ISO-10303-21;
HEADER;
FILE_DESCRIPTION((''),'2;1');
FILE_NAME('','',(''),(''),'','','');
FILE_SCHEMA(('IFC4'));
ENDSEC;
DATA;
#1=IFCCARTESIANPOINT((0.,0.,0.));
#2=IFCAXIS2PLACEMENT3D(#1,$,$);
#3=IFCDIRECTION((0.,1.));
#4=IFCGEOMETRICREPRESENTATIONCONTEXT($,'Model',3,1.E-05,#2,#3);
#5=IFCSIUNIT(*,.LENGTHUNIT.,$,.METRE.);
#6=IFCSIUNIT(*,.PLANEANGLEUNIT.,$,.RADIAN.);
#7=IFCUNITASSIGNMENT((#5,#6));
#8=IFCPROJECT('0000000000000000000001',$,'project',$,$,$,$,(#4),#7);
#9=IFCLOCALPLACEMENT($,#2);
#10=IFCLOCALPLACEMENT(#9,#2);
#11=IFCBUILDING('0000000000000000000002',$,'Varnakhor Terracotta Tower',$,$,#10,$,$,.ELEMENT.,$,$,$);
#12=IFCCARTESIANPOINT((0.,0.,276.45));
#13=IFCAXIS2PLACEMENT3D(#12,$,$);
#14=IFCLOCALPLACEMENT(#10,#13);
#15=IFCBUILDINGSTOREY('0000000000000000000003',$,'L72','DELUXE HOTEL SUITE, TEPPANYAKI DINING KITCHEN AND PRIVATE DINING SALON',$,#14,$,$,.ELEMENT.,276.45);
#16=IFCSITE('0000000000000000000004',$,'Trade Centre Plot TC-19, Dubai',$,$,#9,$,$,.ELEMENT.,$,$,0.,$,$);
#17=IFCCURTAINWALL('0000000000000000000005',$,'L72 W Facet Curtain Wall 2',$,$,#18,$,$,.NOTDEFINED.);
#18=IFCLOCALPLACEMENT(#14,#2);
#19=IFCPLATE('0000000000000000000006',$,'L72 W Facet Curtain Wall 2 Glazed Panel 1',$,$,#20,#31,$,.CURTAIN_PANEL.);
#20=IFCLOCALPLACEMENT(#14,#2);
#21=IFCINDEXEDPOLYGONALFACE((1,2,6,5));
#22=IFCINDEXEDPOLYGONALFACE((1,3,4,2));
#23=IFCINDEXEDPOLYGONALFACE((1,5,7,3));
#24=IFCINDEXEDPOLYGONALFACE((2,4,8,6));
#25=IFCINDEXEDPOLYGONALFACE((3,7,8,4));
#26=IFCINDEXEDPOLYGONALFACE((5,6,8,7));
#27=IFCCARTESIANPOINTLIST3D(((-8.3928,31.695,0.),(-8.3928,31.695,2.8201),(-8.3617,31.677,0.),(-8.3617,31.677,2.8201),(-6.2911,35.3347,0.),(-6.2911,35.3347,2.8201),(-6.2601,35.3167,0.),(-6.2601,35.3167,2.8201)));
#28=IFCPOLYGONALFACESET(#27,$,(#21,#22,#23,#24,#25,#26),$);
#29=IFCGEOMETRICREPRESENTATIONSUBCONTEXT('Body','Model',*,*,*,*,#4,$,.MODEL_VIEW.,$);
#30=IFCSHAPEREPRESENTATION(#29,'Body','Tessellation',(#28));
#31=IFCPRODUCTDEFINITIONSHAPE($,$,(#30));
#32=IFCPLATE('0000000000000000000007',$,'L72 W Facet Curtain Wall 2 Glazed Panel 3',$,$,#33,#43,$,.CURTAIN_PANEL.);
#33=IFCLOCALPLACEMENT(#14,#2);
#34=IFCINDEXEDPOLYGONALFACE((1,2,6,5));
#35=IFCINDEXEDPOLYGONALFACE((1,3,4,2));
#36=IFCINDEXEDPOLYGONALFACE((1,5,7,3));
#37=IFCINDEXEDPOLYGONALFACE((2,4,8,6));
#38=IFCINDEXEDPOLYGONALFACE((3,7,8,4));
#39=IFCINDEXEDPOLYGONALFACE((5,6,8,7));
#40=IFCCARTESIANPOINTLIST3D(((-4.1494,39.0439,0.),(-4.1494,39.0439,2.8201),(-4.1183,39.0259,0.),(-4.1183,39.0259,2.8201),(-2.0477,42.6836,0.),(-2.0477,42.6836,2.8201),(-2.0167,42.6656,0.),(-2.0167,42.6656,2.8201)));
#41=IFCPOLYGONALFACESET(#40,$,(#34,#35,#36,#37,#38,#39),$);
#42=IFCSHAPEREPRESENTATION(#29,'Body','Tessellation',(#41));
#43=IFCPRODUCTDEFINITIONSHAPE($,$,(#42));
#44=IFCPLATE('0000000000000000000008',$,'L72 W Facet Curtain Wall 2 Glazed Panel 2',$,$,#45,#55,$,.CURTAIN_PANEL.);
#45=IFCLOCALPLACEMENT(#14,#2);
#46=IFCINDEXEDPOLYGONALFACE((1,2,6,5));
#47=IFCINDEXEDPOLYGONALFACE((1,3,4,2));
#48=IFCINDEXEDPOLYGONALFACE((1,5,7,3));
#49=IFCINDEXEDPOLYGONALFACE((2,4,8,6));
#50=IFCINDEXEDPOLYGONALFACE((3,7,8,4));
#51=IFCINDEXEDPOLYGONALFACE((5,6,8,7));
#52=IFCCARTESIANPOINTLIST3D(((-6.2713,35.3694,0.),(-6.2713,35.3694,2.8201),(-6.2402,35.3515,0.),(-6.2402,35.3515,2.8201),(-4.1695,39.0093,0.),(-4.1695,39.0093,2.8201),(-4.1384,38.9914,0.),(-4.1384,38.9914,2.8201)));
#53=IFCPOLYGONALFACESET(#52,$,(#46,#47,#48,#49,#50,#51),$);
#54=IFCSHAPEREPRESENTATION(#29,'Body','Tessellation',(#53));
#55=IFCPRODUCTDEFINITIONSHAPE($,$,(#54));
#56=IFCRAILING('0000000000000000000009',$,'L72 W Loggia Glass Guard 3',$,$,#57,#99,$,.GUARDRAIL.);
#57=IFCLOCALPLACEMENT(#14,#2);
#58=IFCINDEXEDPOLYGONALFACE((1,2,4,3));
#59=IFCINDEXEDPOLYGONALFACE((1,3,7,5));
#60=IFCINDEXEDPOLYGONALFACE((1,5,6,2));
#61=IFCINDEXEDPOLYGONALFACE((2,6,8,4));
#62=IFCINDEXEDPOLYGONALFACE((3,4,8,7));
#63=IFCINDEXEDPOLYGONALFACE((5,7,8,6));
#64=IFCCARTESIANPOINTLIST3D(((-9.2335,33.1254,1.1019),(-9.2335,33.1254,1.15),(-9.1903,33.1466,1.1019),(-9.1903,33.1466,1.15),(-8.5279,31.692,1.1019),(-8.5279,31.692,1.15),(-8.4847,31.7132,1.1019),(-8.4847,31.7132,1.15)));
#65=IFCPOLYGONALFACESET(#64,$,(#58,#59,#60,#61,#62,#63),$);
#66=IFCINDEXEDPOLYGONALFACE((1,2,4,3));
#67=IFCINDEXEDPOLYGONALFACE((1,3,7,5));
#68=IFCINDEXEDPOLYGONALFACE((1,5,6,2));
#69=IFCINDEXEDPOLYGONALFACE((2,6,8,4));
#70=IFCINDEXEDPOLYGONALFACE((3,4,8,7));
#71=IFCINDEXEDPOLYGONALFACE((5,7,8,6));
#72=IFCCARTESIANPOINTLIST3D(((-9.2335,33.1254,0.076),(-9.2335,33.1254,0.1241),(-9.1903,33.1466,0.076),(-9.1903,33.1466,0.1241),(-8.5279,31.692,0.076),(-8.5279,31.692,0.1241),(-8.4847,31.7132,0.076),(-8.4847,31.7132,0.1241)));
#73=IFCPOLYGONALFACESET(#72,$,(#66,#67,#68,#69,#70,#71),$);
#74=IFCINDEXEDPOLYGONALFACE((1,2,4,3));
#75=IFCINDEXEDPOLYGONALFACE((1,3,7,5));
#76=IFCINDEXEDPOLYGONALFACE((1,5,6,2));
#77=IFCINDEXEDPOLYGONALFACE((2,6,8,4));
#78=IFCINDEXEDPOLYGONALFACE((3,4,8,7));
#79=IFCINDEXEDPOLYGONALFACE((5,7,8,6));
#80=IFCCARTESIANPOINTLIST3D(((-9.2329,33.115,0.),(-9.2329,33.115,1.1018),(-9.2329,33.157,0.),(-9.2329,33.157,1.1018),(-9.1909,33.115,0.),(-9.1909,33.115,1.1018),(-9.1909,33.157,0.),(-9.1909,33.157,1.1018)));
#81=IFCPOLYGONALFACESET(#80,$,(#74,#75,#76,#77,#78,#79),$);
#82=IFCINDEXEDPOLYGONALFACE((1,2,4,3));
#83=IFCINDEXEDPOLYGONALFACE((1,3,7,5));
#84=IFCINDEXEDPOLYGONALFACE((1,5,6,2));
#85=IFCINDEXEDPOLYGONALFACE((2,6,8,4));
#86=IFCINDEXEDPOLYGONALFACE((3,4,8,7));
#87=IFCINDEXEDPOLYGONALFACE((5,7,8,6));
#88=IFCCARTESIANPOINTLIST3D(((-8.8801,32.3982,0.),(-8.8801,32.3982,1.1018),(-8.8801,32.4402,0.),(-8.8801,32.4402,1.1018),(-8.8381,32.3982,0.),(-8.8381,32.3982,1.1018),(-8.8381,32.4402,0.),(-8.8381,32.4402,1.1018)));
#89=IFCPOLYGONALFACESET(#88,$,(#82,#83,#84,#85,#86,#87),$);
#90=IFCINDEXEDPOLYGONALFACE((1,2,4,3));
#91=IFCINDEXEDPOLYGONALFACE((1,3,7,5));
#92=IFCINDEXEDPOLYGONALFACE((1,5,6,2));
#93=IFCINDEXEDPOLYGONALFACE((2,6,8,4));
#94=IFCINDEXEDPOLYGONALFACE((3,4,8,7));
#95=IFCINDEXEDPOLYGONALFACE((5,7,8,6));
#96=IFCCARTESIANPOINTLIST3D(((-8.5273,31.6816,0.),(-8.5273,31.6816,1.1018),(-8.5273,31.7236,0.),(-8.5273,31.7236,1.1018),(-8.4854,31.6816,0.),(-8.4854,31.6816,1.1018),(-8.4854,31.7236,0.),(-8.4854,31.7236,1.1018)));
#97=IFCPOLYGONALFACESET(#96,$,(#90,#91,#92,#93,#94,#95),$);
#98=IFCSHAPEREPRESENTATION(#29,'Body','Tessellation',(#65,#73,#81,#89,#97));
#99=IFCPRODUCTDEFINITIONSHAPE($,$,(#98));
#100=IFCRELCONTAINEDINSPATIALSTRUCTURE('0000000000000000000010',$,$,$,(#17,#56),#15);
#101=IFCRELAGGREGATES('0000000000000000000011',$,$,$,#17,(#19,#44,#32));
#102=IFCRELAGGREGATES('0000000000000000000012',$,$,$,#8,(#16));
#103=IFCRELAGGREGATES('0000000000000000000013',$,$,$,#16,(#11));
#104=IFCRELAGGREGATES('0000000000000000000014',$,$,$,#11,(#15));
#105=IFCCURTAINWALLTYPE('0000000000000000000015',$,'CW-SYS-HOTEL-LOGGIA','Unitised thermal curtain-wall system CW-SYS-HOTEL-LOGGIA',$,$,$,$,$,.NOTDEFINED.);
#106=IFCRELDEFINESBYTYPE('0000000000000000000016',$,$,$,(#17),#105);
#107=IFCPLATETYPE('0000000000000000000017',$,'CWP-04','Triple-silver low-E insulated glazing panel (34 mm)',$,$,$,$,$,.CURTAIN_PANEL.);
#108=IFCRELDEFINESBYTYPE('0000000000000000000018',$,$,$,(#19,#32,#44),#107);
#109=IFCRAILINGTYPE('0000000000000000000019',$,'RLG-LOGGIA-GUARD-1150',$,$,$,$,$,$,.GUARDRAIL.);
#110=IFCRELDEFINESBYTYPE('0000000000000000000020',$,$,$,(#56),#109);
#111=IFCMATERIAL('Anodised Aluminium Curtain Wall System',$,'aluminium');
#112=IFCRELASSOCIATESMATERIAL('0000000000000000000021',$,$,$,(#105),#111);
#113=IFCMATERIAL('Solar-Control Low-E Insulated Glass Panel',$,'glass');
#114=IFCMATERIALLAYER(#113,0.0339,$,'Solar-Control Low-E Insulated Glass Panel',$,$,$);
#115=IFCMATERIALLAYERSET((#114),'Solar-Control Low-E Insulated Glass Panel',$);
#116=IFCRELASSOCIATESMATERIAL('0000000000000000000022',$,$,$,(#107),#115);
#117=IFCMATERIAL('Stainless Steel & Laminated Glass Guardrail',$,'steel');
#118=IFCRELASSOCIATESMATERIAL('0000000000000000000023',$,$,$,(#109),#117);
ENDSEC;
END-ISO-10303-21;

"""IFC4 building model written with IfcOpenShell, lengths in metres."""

from ifc_helpers import new_model, si_unit, direction, frame, origin, origin_2d, place, context, subcontext, project, spatial, rectangle, extrude, source, transform, mapped, material, layer, layer_set, type_object, element, aggregate, save


model = new_model("IFC4")

# Units and contexts
model_context = context("Model", 3, precision=1e-05, world=origin(), true_north=direction((0.0, 1.0)))
body_context = subcontext(model_context, "Body", "Model", "MODEL_VIEW")
ifc_project = project(units=[si_unit("LENGTHUNIT", "METRE"), si_unit("PLANEANGLEUNIT", "RADIAN")], contexts=[model_context])

# Site, building, storey
site_placement = place(None, origin())
site = spatial("IfcSite", under=ifc_project, at=site_placement, Name="Trade Centre Plot TC-19, Dubai", CompositionType="ELEMENT", RefElevation=0.0)
building_placement = place(site_placement, origin())
building = spatial("IfcBuilding", under=site, at=building_placement, Name="Varnakhor Terracotta Tower", CompositionType="ELEMENT")
storey_placement = place(building_placement, frame((0.0, 0.0, 276.45)))
storey = spatial("IfcBuildingStorey", under=building, at=storey_placement, Name="L72", Description="DELUXE HOTEL SUITE, TEPPANYAKI DINING KITCHEN AND PRIVATE DINING SALON", CompositionType="ELEMENT", Elevation=276.45)

# Curtain wall
ifc_material_1 = material(Name="Anodised Aluminium Curtain Wall System", Category="aluminium")
curtain_wall_type = type_object("IfcCurtainWallType", Name="CW-SYS-HOTEL-LOGGIA", Description="Unitised thermal curtain-wall system CW-SYS-HOTEL-LOGGIA", PredefinedType="NOTDEFINED", material=ifc_material_1)
curtain_wall_placement = place(storey_placement, origin())
curtain_wall = element("IfcCurtainWall", 1, at=curtain_wall_placement, inside=storey, type_object=curtain_wall_type, Name="L72 W Facet Curtain Wall 2", PredefinedType="NOTDEFINED")

# Plates
ifc_material_2 = material(Name="Solar-Control Low-E Insulated Glass Panel", Category="glass")
ifc_layer = layer(ifc_material_2, 0.0339, Name="Solar-Control Low-E Insulated Glass Panel")
ifc_layer_set = layer_set([ifc_layer], Name="Solar-Control Low-E Insulated Glass Panel")
plate_type = type_object("IfcPlateType", Name="CWP-04", Description="Triple-silver low-E insulated glazing panel (34 mm)", PredefinedType="CURTAIN_PANEL", material=ifc_layer_set)
shared_shape_1 = source(origin(), body_context, "Body", "SweptSolid", [
    extrude(rectangle(XDim=4.2029, YDim=0.0359, at=origin_2d()), origin(), (0.0, 0.0, 1.0), 2.8201),
])
plate_1_placement = place(storey_placement, frame((-7.3264, 33.5059, 0.0), z_axis=(0.0, 0.0, 1.0), x_axis=(0.500045, 0.865999, 0.0)))
plate_1 = element("IfcPlate", 2, at=plate_1_placement, type_object=plate_type, Name="L72 W Facet Curtain Wall 2 Glazed Panel 1", PredefinedType="CURTAIN_PANEL", context=body_context, shape_type="MappedRepresentation", body=[
    mapped(shared_shape_1, transform((0.0, 0.0, 0.0), scale=1.0)),
])
plate_2_placement = place(storey_placement, frame((-3.083, 40.8547, 0.0), z_axis=(0.0, 0.0, 1.0), x_axis=(0.500045, 0.865999, 0.0)))
plate_2 = element("IfcPlate", 3, at=plate_2_placement, type_object=plate_type, Name="L72 W Facet Curtain Wall 2 Glazed Panel 3", PredefinedType="CURTAIN_PANEL", context=body_context, shape_type="MappedRepresentation", body=[
    mapped(shared_shape_1, transform((0.0, 0.0, 0.0), scale=1.0)),
])
shared_shape_2 = source(origin(), body_context, "Body", "SweptSolid", [
    extrude(rectangle(XDim=4.2031, YDim=0.0359, at=origin_2d()), origin(), (0.0, 0.0, 1.0), 2.8201),
])
plate_3_placement = place(storey_placement, frame((-5.2048, 37.1804, 0.0), z_axis=(0.0, 0.0, 1.0), x_axis=(0.500045, 0.865999, 0.0)))
plate_3 = element("IfcPlate", 4, at=plate_3_placement, type_object=plate_type, Name="L72 W Facet Curtain Wall 2 Glazed Panel 2", PredefinedType="CURTAIN_PANEL", context=body_context, shape_type="MappedRepresentation", body=[
    mapped(shared_shape_2, transform((0.0, 0.0, 0.0), scale=1.0)),
])
aggregate(curtain_wall, [plate_1, plate_3, plate_2])

# Railing
ifc_material_3 = material(Name="Stainless Steel & Laminated Glass Guardrail", Category="steel")
railing_type = type_object("IfcRailingType", Name="RLG-LOGGIA-GUARD-1150", PredefinedType="GUARDRAIL", material=ifc_material_3)
railing_placement = place(storey_placement, frame((-9.2119, 33.136, 0.0)))
element("IfcRailing", 5, at=railing_placement, inside=storey, type_object=railing_type, Name="L72 W Loggia Glass Guard 3", PredefinedType="GUARDRAIL", context=body_context, shape_type="SweptSolid", body=[
    extrude(rectangle(XDim=0.0481, YDim=0.0481, at=origin_2d()), frame((0.0, 0.0, 1.126), z_axis=(0.441642, -0.897191, 0.0), x_axis=(0.897191, 0.441642, 0.0)), (0.0, 0.0, 1.0), 1.5977),
    extrude(rectangle(XDim=0.0481, YDim=0.0481, at=origin_2d()), frame((0.0, 0.0, 0.1001), z_axis=(0.441642, -0.897191, 0.0), x_axis=(0.897191, 0.441642, 0.0)), (0.0, 0.0, 1.0), 1.5977),
    extrude(rectangle(XDim=0.042, YDim=0.042, at=origin_2d()), origin(), (0.0, 0.0, 1.0), 1.1018),
    extrude(rectangle(XDim=0.042, YDim=0.042, at=origin_2d()), frame((0.3528, -0.7168, 0.0)), (0.0, 0.0, 1.0), 1.1018),
    extrude(rectangle(XDim=0.042, YDim=0.042, at=origin_2d()), frame((0.7056, -1.4333, 0.0)), (0.0, 0.0, 1.0), 1.1018),
])

save(model, "model.ifc")
